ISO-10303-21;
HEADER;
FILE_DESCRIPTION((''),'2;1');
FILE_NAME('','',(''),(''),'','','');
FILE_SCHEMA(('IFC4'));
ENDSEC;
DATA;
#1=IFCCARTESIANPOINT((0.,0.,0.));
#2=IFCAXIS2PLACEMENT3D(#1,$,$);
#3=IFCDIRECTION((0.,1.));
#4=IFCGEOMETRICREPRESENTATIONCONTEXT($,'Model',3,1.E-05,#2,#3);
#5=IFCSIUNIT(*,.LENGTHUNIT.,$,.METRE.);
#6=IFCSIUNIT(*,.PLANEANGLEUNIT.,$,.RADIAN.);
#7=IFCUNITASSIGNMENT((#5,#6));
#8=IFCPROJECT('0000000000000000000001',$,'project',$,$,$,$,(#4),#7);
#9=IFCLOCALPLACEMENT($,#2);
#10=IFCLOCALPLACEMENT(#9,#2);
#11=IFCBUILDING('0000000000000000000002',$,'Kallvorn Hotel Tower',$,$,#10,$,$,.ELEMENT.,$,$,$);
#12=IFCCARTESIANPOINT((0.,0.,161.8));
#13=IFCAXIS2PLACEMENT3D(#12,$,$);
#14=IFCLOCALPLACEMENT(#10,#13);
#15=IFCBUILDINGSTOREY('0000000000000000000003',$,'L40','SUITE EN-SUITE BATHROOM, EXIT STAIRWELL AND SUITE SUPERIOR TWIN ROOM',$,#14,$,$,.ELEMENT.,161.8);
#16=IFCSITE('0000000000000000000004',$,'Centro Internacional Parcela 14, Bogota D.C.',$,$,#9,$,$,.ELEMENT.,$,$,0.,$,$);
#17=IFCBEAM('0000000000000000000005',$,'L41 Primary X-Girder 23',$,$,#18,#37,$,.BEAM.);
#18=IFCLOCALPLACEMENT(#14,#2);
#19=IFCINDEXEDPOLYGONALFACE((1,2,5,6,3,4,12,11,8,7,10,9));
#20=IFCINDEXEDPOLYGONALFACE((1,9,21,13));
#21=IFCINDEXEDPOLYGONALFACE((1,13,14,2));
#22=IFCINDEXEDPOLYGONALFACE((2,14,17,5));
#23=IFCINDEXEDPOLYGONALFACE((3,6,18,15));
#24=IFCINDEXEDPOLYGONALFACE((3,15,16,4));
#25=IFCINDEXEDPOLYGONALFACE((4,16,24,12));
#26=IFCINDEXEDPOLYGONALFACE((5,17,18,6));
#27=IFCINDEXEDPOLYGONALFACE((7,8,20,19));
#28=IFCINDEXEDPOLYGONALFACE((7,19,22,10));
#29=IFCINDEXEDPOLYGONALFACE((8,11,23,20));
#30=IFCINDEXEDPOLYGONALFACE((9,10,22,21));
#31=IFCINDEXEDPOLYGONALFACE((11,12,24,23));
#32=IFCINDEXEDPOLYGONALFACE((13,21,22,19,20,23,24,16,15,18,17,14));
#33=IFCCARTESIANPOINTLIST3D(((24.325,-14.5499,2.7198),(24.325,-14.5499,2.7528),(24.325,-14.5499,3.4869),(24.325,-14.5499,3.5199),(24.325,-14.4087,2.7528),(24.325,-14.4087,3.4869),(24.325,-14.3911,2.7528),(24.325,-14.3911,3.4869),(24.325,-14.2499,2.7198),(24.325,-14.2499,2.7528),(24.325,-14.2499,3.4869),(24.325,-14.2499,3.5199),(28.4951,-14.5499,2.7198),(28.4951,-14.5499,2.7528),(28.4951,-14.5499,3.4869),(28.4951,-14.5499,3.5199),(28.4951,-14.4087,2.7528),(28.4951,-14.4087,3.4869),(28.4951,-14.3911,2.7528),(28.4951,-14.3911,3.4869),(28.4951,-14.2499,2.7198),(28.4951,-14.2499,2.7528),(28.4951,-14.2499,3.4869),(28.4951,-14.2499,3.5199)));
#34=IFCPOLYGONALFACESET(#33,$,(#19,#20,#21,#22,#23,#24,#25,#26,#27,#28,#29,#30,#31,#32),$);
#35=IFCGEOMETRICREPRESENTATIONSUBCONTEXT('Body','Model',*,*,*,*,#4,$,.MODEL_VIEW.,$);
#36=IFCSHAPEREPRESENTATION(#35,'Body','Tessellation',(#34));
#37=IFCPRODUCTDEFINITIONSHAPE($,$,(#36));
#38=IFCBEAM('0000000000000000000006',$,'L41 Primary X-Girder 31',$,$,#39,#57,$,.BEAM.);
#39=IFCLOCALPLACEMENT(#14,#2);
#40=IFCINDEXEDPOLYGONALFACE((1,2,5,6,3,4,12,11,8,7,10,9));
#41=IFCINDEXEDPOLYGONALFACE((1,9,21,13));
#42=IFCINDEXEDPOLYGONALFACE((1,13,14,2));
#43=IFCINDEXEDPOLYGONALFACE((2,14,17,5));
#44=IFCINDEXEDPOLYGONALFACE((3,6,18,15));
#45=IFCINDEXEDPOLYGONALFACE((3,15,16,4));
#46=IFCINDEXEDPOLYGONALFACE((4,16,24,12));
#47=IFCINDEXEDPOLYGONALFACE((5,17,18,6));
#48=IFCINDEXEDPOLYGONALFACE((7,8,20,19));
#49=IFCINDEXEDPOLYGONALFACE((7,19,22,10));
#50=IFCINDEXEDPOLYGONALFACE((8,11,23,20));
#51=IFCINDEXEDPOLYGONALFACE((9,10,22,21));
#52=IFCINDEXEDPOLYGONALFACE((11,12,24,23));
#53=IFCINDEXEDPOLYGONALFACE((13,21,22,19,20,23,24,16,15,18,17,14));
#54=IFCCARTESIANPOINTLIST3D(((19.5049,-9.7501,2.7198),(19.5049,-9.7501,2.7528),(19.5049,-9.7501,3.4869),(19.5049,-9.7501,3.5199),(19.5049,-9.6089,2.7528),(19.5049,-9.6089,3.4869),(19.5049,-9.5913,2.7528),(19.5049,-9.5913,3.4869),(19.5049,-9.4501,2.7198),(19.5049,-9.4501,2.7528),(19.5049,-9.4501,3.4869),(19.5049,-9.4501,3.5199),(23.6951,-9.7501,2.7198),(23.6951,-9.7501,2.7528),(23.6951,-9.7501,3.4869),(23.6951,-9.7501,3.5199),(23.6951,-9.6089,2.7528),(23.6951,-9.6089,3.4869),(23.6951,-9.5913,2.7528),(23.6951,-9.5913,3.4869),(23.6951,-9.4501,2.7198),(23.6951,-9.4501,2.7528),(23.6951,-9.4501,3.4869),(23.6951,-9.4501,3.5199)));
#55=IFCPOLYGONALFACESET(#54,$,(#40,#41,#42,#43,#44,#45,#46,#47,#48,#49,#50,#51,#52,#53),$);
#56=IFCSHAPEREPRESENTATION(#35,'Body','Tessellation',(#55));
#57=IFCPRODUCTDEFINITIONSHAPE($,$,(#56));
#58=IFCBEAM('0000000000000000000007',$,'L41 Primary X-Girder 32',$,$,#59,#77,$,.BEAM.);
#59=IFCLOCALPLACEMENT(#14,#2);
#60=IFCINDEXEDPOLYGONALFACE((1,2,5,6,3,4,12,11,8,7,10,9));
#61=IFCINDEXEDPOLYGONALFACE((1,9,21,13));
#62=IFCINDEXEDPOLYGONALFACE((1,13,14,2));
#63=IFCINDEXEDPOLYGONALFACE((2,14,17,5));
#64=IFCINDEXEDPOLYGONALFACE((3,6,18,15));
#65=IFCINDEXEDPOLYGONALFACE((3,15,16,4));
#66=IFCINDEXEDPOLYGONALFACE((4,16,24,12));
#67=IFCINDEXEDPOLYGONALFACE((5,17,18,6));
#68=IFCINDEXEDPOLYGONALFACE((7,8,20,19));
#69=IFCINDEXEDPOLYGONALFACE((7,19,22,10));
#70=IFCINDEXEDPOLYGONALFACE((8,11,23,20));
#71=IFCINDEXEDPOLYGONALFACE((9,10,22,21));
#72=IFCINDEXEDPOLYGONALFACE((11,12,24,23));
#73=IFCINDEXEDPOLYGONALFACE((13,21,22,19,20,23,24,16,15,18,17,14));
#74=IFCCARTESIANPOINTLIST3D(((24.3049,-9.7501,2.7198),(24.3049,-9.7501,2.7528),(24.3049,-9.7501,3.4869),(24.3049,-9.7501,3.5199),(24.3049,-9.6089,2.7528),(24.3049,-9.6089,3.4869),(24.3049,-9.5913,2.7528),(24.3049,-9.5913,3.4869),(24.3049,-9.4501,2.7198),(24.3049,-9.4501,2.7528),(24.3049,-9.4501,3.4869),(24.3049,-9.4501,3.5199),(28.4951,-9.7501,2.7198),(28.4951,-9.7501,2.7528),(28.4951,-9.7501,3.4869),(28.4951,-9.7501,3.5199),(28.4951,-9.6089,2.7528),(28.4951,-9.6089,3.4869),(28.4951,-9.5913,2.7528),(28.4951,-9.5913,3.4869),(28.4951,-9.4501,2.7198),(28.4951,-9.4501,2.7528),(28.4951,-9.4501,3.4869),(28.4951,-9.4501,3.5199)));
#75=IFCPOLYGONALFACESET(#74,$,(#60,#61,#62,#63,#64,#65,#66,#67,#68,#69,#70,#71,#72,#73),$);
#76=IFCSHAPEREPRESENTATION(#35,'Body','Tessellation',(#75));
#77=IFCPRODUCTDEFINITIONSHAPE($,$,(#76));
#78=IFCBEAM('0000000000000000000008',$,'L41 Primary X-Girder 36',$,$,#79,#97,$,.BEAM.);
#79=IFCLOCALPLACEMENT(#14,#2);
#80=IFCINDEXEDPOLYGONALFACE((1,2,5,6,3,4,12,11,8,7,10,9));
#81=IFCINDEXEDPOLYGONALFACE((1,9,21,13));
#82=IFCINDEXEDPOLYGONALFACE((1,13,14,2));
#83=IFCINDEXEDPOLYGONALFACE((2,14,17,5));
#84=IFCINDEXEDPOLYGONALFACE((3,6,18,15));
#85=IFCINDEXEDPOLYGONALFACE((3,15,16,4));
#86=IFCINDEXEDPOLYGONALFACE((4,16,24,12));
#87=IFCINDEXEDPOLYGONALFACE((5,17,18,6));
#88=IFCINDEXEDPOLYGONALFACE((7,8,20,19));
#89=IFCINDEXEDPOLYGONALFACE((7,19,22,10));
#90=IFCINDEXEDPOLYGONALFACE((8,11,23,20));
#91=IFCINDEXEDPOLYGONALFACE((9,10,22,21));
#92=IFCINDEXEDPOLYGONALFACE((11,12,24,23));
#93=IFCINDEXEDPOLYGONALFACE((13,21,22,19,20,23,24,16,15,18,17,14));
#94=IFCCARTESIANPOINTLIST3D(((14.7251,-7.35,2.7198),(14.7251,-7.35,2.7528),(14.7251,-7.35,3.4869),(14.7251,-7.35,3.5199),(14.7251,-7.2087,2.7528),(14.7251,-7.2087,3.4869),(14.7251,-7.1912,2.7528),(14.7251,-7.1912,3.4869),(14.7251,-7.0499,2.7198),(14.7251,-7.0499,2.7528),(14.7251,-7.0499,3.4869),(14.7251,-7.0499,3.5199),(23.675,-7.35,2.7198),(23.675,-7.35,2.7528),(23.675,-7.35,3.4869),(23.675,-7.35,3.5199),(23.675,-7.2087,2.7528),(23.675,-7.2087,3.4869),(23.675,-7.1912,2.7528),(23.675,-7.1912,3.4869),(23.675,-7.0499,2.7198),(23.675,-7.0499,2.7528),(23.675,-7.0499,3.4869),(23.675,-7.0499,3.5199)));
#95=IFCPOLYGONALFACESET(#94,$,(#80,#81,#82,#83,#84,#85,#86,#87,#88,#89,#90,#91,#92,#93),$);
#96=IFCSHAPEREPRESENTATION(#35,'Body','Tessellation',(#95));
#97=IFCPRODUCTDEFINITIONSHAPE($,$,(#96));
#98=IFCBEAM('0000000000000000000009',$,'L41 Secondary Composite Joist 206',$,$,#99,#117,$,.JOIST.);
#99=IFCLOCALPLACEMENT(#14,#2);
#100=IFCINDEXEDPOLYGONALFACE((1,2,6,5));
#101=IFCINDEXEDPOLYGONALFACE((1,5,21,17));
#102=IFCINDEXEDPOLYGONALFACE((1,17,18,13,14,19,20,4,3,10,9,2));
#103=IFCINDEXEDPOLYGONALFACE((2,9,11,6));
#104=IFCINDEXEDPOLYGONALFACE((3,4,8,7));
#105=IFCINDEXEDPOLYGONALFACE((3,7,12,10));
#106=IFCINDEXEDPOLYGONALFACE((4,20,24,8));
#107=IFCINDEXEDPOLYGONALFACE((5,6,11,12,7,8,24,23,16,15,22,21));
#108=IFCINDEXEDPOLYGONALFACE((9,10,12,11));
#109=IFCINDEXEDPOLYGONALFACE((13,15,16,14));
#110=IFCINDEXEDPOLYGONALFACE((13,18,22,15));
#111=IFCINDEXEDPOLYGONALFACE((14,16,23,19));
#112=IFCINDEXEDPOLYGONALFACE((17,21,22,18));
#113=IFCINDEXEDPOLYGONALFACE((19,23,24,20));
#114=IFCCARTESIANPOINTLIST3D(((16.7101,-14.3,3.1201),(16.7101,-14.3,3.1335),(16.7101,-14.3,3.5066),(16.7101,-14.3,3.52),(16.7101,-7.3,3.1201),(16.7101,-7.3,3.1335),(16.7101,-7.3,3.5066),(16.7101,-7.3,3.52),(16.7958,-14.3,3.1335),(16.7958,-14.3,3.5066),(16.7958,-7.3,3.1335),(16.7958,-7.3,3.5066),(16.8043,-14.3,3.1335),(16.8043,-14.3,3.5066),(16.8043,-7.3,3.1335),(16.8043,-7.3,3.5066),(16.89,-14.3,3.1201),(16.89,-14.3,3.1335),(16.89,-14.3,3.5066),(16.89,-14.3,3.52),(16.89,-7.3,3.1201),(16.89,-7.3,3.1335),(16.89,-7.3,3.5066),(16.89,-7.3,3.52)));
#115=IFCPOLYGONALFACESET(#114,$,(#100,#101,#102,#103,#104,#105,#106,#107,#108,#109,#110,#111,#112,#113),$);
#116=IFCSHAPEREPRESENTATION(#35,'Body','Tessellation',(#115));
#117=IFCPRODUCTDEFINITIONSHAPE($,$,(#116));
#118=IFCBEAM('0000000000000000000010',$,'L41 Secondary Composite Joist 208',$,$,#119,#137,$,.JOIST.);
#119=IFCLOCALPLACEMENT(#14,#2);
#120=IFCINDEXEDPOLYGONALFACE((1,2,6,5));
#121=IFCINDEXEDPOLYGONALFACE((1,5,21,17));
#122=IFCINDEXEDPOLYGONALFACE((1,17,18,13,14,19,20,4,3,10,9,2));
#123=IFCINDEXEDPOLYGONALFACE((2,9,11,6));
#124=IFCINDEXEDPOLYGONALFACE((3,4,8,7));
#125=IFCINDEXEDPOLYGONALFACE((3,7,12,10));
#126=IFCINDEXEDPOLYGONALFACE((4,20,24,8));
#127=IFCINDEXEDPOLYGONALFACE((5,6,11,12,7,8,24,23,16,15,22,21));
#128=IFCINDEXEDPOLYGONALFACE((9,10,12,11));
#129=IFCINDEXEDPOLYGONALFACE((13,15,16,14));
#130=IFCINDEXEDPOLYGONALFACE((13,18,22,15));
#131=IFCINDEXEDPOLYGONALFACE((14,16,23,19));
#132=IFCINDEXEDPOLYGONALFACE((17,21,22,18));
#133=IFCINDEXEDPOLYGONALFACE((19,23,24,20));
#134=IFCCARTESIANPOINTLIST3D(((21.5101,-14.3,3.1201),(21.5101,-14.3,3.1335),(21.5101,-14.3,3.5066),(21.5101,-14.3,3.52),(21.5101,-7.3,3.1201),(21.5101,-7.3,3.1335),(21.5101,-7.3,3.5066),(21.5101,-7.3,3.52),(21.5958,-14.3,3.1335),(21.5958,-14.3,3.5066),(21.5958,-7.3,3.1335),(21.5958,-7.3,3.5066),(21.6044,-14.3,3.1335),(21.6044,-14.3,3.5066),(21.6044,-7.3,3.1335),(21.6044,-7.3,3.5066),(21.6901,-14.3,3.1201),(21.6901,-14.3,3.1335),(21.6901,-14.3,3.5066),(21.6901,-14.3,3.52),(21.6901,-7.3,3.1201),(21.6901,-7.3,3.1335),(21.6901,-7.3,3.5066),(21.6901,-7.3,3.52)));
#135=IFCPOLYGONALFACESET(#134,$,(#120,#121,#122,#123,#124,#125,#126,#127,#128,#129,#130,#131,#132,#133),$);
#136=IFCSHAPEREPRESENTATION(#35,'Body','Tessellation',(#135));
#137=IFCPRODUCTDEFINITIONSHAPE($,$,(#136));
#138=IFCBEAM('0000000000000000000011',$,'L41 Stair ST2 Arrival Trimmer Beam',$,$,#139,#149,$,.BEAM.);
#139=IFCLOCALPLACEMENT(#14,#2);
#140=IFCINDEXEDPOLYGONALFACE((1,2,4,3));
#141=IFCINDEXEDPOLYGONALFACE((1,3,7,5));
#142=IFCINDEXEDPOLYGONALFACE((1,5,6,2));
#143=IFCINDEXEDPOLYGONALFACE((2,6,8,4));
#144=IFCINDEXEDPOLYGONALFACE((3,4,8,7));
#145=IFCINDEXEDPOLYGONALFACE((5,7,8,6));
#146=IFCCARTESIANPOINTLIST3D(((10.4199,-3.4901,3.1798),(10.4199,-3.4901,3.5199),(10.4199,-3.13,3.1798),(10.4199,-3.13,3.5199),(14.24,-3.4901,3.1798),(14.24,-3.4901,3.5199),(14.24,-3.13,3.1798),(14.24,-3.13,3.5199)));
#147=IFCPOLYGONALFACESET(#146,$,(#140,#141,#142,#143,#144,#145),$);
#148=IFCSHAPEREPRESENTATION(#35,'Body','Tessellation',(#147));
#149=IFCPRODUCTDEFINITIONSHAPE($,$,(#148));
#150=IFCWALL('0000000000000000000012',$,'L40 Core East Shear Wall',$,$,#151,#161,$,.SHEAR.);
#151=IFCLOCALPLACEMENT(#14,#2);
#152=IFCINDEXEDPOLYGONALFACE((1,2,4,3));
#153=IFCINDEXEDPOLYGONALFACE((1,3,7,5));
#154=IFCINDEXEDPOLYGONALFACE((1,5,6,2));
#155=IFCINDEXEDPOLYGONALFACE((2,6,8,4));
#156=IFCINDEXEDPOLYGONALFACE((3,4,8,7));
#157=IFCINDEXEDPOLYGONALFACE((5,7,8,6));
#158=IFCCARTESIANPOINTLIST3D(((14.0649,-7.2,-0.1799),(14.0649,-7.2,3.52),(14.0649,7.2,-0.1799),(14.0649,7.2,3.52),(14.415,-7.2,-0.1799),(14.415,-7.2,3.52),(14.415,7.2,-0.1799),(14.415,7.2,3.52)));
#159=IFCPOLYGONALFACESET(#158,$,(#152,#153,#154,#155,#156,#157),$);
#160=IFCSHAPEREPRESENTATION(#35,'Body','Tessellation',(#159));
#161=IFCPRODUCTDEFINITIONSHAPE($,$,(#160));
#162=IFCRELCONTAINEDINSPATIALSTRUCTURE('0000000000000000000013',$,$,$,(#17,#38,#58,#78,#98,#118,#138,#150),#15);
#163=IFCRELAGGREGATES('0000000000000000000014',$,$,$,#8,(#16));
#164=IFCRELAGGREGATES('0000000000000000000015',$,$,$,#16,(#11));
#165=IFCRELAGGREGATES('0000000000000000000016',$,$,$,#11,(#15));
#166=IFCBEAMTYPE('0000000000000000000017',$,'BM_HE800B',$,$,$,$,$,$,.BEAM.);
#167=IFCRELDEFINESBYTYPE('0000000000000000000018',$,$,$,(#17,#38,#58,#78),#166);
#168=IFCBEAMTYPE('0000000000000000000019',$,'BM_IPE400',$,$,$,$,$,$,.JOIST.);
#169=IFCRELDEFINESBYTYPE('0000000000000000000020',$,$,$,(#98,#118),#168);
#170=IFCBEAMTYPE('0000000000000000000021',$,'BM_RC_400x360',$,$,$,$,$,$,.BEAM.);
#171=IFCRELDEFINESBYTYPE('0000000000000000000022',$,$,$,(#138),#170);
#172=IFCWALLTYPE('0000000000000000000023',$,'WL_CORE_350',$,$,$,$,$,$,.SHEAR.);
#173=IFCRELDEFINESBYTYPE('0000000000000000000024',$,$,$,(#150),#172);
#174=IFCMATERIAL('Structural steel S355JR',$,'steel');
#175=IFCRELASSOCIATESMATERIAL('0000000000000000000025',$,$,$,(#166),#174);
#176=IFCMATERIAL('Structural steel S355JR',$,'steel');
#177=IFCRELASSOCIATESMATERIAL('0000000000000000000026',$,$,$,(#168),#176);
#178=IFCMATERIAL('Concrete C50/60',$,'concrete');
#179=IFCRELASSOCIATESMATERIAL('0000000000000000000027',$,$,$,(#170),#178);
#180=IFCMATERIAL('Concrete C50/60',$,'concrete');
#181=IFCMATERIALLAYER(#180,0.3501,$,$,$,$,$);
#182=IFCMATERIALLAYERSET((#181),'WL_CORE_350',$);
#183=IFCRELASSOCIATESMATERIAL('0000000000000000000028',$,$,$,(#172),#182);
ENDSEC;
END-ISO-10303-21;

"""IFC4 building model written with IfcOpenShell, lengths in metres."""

from ifc_helpers import new_model, si_unit, direction, frame, frame_2d, origin, origin_2d, place, context, subcontext, project, spatial, rectangle, i_section, extrude, material, layer, layer_set, material_profile, profile_set, type_object, element, save


model = new_model("IFC4")

# Units and contexts
model_context = context("Model", 3, precision=1e-05, world=origin(), true_north=direction((0.0, 1.0)))
body_context = subcontext(model_context, "Body", "Model", "MODEL_VIEW")
ifc_project = project(units=[si_unit("LENGTHUNIT", "METRE"), si_unit("PLANEANGLEUNIT", "RADIAN")], contexts=[model_context])

# Site, building, storey
site_placement = place(None, origin())
site = spatial("IfcSite", under=ifc_project, at=site_placement, Name="Centro Internacional Parcela 14, Bogota D.C.", CompositionType="ELEMENT", RefElevation=0.0)
building_placement = place(site_placement, origin())
building = spatial("IfcBuilding", under=site, at=building_placement, Name="Kallvorn Hotel Tower", CompositionType="ELEMENT")
storey_placement = place(building_placement, frame((0.0, 0.0, 161.8)))
storey = spatial("IfcBuildingStorey", under=building, at=storey_placement, Name="L40", Description="SUITE EN-SUITE BATHROOM, EXIT STAIRWELL AND SUITE SUPERIOR TWIN ROOM", CompositionType="ELEMENT", Elevation=161.8)

# Beams
ifc_material_1 = material(Name="Structural steel S355JR", Category="steel")
ifc_material_profile_1 = material_profile(ifc_material_1, i_section(OverallWidth=0.3, OverallDepth=0.8, WebThickness=0.0176, FlangeThickness=0.033, at=origin_2d()), Name="HE 800 B")
ifc_profile_set_1 = profile_set([ifc_material_profile_1], Name="Structural steel S355JR")
beam_type_1 = type_object("IfcBeamType", Name="BM_HE800B", PredefinedType="BEAM", material=ifc_profile_set_1)
for number, where, z_axis, x_axis, name in (
    (1, (24.325, -14.3999, 3.1199), (1.0, 0.0, 0.0), (0.0, 1.0, 0.0), "L41 Primary X-Girder 23"),
):
    element("IfcBeam", number, at=place(storey_placement, frame(where, z_axis=z_axis, x_axis=x_axis)), inside=storey, type_object=beam_type_1, Name=name, PredefinedType="BEAM", context=body_context, shape_type="SweptSolid", body=[
        extrude(i_section(OverallWidth=0.3, OverallDepth=0.8, WebThickness=0.0176, FlangeThickness=0.033, at=origin_2d()), origin(), (0.0, 0.0, 1.0), 4.1702),
    ])
for number, where, z_axis, x_axis, name in (
    (2, (19.5049, -9.6001, 3.1199), (1.0, 0.0, 0.0), (0.0, 1.0, 0.0), "L41 Primary X-Girder 31"),
    (3, (24.3049, -9.6001, 3.1199), (1.0, 0.0, 0.0), (0.0, 1.0, 0.0), "L41 Primary X-Girder 32"),
):
    element("IfcBeam", number, at=place(storey_placement, frame(where, z_axis=z_axis, x_axis=x_axis)), inside=storey, type_object=beam_type_1, Name=name, PredefinedType="BEAM", context=body_context, shape_type="SweptSolid", body=[
        extrude(i_section(OverallWidth=0.3, OverallDepth=0.8, WebThickness=0.0176, FlangeThickness=0.033, at=origin_2d()), origin(), (0.0, 0.0, 1.0), 4.1902),
    ])
beam_1_placement = place(storey_placement, frame((14.7251, -7.2, 3.1199), z_axis=(1.0, 0.0, 0.0), x_axis=(0.0, 1.0, 0.0)))
element("IfcBeam", 4, at=beam_1_placement, inside=storey, type_object=beam_type_1, Name="L41 Primary X-Girder 36", PredefinedType="BEAM", context=body_context, shape_type="SweptSolid", body=[
    extrude(i_section(OverallWidth=0.3, OverallDepth=0.8, WebThickness=0.0176, FlangeThickness=0.033, at=origin_2d()), origin(), (0.0, 0.0, 1.0), 8.95),
])
ifc_material_2 = material(Name="Structural steel S355JR", Category="steel")
ifc_material_profile_2 = material_profile(ifc_material_2, i_section(OverallWidth=0.1799, OverallDepth=0.3999, WebThickness=0.0085, FlangeThickness=0.0134, at=origin_2d()), Name="IPE 400")
ifc_profile_set_2 = profile_set([ifc_material_profile_2], Name="Structural steel S355JR")
beam_type_2 = type_object("IfcBeamType", Name="BM_IPE400", PredefinedType="JOIST", material=ifc_profile_set_2)
for number, where, z_axis, x_axis, name in (
    (5, (16.8, -14.3, 3.3201), (0.0, 1.0, 0.0), (-1.0, 0.0, 0.0), "L41 Secondary Composite Joist 206"),
    (6, (21.6001, -14.3, 3.3201), (0.0, 1.0, 0.0), (-1.0, 0.0, 0.0), "L41 Secondary Composite Joist 208"),
):
    element("IfcBeam", number, at=place(storey_placement, frame(where, z_axis=z_axis, x_axis=x_axis)), inside=storey, type_object=beam_type_2, Name=name, PredefinedType="JOIST", context=body_context, shape_type="SweptSolid", body=[
        extrude(i_section(OverallWidth=0.1799, OverallDepth=0.3999, WebThickness=0.0085, FlangeThickness=0.0134, at=origin_2d()), origin(), (0.0, 0.0, 1.0), 7.0),
    ])
ifc_material_3 = material(Name="Concrete C50/60", Category="concrete")
ifc_material_profile_3 = material_profile(ifc_material_3, rectangle(XDim=0.3601, YDim=0.3401, at=origin_2d()), Name="RC 360x340")
ifc_profile_set_3 = profile_set([ifc_material_profile_3], Name="Concrete C50/60")
beam_type_3 = type_object("IfcBeamType", Name="BM_RC_400x360", PredefinedType="BEAM", material=ifc_profile_set_3)
beam_2_placement = place(storey_placement, frame((14.24, -3.3101, 3.3499), z_axis=(-1.0, 0.0, 0.0), x_axis=(0.0, -1.0, 0.0)))
element("IfcBeam", 7, at=beam_2_placement, inside=storey, type_object=beam_type_3, Name="L41 Stair ST2 Arrival Trimmer Beam", PredefinedType="BEAM", context=body_context, shape_type="SweptSolid", body=[
    extrude(rectangle(XDim=0.3601, YDim=0.3401, at=origin_2d()), origin(), (0.0, 0.0, 1.0), 3.8201),
])

# Wall
ifc_material_4 = material(Name="Concrete C50/60", Category="concrete")
ifc_layer = layer(ifc_material_4, 0.3501)
ifc_layer_set = layer_set([ifc_layer], Name="WL_CORE_350")
wall_type = type_object("IfcWallType", Name="WL_CORE_350", PredefinedType="SHEAR", material=ifc_layer_set)
wall_placement = place(storey_placement, frame((14.24, -7.2, -0.1799), z_axis=(0.0, 0.0, 1.0), x_axis=(0.0, 1.0, 0.0)))
element("IfcWall", 8, at=wall_placement, inside=storey, type_object=wall_type, Name="L40 Core East Shear Wall", PredefinedType="SHEAR", context=body_context, shape_type="SweptSolid", body=[
    extrude(rectangle(XDim=14.3999, YDim=0.3501, at=frame_2d((7.2, 0.0))), origin(), (0.0, 0.0, 1.0), 3.7),
])

save(model, "model.ifc")
